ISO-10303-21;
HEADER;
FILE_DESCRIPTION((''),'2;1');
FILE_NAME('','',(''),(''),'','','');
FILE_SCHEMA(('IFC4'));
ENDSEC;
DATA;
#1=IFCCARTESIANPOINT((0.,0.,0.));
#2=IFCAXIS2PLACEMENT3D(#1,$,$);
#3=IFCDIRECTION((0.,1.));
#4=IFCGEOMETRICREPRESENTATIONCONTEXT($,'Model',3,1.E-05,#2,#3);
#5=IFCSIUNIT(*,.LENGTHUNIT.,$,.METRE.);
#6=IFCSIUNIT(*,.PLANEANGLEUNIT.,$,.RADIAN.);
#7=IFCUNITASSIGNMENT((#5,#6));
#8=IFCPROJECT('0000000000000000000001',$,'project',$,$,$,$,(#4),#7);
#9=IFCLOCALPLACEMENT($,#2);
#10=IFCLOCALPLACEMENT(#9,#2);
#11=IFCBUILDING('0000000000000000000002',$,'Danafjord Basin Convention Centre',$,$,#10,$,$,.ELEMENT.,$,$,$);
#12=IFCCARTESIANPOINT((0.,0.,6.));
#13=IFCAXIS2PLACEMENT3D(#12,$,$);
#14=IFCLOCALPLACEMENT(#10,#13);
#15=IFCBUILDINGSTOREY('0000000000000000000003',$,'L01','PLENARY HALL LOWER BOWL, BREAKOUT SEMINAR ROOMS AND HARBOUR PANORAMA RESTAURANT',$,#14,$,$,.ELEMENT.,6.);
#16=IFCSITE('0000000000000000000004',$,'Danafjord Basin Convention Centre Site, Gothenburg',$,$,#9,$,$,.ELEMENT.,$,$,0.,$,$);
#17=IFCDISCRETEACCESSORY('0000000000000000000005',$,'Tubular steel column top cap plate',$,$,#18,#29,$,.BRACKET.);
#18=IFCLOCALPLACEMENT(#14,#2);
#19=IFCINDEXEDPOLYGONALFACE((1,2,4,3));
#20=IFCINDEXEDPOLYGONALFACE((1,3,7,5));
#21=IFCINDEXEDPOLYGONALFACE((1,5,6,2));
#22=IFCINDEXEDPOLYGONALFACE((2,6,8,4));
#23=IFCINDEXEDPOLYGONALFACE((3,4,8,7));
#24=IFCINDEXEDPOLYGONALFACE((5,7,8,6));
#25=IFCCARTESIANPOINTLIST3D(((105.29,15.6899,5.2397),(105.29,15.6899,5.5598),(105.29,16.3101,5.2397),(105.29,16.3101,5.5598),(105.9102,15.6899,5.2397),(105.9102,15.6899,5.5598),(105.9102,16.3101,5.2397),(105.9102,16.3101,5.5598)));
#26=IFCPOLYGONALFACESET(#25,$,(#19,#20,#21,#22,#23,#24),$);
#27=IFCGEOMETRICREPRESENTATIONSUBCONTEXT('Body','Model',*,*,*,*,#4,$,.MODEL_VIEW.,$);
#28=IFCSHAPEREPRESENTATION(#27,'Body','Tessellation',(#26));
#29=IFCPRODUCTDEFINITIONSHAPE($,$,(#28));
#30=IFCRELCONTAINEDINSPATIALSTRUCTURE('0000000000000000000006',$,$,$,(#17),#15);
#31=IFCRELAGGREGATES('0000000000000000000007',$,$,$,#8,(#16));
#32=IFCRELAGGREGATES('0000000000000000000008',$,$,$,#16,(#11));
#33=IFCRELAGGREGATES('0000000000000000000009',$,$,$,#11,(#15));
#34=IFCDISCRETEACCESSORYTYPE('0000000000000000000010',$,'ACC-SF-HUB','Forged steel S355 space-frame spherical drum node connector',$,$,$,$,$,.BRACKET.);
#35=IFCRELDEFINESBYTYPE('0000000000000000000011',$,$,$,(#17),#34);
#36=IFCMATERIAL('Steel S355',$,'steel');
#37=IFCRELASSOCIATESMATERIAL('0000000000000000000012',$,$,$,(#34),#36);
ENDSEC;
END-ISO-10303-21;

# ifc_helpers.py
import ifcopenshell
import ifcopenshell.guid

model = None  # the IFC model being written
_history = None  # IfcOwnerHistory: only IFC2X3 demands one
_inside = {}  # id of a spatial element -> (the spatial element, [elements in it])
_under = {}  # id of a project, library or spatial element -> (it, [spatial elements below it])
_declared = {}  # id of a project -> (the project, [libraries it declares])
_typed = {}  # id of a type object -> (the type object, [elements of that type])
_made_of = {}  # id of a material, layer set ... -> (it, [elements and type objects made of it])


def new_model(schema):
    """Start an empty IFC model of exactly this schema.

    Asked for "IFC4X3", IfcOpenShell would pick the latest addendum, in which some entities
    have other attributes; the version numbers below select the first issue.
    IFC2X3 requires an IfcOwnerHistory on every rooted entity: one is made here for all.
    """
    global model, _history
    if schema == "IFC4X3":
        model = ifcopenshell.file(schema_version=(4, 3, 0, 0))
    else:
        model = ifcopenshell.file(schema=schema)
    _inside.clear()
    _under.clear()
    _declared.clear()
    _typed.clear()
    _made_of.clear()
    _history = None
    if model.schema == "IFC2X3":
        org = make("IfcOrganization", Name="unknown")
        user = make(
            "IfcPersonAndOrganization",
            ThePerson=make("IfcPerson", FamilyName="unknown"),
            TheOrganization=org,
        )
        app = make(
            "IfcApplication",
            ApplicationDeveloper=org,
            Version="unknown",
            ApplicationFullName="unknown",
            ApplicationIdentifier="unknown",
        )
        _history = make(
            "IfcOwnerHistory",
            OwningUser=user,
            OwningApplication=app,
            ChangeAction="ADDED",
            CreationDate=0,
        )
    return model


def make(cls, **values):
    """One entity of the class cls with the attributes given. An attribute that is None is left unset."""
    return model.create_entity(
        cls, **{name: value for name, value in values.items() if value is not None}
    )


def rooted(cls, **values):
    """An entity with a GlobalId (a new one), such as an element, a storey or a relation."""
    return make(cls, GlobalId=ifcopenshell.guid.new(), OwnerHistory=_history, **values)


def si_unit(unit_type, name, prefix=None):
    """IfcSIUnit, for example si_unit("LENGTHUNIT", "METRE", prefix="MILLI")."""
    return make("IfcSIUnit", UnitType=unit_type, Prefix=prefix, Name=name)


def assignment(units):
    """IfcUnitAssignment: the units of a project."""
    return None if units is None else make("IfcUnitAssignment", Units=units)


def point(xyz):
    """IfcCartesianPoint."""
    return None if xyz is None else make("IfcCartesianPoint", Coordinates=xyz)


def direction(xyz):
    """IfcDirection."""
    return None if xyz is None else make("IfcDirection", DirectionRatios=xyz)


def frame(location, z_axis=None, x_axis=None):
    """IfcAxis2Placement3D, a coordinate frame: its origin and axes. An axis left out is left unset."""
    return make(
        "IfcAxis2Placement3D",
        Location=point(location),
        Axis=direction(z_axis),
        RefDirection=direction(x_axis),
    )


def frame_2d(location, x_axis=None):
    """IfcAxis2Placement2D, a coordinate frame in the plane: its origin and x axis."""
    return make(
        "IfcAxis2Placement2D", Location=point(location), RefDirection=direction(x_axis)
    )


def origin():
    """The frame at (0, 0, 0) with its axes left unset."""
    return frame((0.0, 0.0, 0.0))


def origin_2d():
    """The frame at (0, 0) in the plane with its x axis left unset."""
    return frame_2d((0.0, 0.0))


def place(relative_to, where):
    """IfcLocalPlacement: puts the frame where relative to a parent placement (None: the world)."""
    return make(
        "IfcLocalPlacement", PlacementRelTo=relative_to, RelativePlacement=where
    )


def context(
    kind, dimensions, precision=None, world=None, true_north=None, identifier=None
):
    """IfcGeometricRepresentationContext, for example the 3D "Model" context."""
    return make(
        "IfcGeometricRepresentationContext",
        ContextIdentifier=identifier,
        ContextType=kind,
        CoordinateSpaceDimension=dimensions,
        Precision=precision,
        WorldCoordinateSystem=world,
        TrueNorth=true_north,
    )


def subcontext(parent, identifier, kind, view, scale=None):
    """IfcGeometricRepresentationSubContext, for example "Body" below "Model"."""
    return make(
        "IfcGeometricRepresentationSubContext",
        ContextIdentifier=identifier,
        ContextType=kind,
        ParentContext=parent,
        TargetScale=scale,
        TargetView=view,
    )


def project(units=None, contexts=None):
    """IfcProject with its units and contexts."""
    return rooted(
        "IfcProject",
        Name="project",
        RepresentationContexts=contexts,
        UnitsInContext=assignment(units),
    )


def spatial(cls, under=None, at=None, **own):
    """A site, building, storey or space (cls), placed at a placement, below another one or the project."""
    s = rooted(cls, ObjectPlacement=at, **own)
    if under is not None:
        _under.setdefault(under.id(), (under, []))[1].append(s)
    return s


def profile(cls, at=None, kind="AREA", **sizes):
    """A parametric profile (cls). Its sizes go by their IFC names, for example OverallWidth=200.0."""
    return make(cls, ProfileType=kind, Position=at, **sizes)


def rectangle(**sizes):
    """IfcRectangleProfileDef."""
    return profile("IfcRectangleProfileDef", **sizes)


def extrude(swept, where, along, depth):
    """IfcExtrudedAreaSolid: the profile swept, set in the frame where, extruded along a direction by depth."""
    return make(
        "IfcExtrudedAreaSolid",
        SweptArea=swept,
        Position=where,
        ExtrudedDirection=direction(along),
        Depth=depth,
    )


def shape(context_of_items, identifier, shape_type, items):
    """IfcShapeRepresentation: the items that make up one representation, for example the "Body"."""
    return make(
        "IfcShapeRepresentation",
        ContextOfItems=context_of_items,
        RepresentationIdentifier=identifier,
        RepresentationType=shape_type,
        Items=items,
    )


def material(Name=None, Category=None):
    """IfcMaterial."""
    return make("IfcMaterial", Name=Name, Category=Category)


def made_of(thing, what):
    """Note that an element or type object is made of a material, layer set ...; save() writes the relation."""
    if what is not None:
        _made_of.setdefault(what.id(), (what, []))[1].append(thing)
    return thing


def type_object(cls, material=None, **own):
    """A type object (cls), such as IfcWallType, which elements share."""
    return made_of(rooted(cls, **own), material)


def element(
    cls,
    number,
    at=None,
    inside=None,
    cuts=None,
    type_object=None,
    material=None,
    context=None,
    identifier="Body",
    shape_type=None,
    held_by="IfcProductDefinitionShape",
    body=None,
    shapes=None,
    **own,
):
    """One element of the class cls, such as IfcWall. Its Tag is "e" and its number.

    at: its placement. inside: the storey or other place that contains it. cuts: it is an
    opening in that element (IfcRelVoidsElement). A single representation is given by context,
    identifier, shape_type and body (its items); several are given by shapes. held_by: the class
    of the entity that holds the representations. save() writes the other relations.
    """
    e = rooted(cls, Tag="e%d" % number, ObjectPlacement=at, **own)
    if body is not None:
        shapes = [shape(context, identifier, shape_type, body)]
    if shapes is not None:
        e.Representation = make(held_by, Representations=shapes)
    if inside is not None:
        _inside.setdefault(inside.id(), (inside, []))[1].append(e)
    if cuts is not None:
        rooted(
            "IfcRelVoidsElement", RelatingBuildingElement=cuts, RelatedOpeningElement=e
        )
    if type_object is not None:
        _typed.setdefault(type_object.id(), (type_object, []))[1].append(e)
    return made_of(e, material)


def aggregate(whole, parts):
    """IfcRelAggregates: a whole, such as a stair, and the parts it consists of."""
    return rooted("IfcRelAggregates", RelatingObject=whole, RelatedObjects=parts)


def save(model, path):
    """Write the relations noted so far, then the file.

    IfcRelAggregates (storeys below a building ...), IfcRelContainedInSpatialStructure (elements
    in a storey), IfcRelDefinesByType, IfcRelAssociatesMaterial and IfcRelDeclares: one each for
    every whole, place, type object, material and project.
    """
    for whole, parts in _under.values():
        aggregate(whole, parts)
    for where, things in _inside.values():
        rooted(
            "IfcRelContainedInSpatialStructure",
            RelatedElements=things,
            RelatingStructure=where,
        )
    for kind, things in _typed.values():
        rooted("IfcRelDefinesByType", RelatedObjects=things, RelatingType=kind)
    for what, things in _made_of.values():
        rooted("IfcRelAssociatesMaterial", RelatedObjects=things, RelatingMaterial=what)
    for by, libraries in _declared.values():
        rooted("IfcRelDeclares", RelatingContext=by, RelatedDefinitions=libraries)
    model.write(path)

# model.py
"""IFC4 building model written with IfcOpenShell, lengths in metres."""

from ifc_helpers import new_model, si_unit, direction, frame, origin, origin_2d, place, context, subcontext, project, spatial, rectangle, extrude, material, type_object, element, save


model = new_model("IFC4")

# Units and contexts
model_context = context("Model", 3, precision=1e-05, world=origin(), true_north=direction((0.0, 1.0)))
body_context = subcontext(model_context, "Body", "Model", "MODEL_VIEW")
ifc_project = project(units=[si_unit("LENGTHUNIT", "METRE"), si_unit("PLANEANGLEUNIT", "RADIAN")], contexts=[model_context])

# Site, building, storey
site_placement = place(None, origin())
site = spatial("IfcSite", under=ifc_project, at=site_placement, Name="Danafjord Basin Convention Centre Site, Gothenburg", CompositionType="ELEMENT", RefElevation=0.0)
building_placement = place(site_placement, origin())
building = spatial("IfcBuilding", under=site, at=building_placement, Name="Danafjord Basin Convention Centre", CompositionType="ELEMENT")
storey_placement = place(building_placement, frame((0.0, 0.0, 6.0)))
storey = spatial("IfcBuildingStorey", under=building, at=storey_placement, Name="L01", Description="PLENARY HALL LOWER BOWL, BREAKOUT SEMINAR ROOMS AND HARBOUR PANORAMA RESTAURANT", CompositionType="ELEMENT", Elevation=6.0)

# Shared definitions
ifc_material_1 = material(Name="Steel S355", Category="steel")

# Discrete accessory
discrete_accessory_type_1 = type_object("IfcDiscreteAccessoryType", Name="ACC-SF-HUB", Description="Forged steel S355 space-frame spherical drum node connector", PredefinedType="BRACKET", material=ifc_material_1)
discrete_accessory_1_placement = place(storey_placement, frame((105.6001, 16.0, 5.2397), z_axis=(0.0, 0.0, 1.0), x_axis=(1.0, 0.0, 0.0)))
element("IfcDiscreteAccessory", 1, at=discrete_accessory_1_placement, inside=storey, type_object=discrete_accessory_type_1, Name="Tubular steel column top cap plate", PredefinedType="BRACKET", context=body_context, shape_type="SweptSolid", body=[
    extrude(rectangle(XDim=0.6201, YDim=0.6201, at=origin_2d()), origin(), (0.0, 0.0, 1.0), 0.3201),
])

save(model, "model.ifc")
